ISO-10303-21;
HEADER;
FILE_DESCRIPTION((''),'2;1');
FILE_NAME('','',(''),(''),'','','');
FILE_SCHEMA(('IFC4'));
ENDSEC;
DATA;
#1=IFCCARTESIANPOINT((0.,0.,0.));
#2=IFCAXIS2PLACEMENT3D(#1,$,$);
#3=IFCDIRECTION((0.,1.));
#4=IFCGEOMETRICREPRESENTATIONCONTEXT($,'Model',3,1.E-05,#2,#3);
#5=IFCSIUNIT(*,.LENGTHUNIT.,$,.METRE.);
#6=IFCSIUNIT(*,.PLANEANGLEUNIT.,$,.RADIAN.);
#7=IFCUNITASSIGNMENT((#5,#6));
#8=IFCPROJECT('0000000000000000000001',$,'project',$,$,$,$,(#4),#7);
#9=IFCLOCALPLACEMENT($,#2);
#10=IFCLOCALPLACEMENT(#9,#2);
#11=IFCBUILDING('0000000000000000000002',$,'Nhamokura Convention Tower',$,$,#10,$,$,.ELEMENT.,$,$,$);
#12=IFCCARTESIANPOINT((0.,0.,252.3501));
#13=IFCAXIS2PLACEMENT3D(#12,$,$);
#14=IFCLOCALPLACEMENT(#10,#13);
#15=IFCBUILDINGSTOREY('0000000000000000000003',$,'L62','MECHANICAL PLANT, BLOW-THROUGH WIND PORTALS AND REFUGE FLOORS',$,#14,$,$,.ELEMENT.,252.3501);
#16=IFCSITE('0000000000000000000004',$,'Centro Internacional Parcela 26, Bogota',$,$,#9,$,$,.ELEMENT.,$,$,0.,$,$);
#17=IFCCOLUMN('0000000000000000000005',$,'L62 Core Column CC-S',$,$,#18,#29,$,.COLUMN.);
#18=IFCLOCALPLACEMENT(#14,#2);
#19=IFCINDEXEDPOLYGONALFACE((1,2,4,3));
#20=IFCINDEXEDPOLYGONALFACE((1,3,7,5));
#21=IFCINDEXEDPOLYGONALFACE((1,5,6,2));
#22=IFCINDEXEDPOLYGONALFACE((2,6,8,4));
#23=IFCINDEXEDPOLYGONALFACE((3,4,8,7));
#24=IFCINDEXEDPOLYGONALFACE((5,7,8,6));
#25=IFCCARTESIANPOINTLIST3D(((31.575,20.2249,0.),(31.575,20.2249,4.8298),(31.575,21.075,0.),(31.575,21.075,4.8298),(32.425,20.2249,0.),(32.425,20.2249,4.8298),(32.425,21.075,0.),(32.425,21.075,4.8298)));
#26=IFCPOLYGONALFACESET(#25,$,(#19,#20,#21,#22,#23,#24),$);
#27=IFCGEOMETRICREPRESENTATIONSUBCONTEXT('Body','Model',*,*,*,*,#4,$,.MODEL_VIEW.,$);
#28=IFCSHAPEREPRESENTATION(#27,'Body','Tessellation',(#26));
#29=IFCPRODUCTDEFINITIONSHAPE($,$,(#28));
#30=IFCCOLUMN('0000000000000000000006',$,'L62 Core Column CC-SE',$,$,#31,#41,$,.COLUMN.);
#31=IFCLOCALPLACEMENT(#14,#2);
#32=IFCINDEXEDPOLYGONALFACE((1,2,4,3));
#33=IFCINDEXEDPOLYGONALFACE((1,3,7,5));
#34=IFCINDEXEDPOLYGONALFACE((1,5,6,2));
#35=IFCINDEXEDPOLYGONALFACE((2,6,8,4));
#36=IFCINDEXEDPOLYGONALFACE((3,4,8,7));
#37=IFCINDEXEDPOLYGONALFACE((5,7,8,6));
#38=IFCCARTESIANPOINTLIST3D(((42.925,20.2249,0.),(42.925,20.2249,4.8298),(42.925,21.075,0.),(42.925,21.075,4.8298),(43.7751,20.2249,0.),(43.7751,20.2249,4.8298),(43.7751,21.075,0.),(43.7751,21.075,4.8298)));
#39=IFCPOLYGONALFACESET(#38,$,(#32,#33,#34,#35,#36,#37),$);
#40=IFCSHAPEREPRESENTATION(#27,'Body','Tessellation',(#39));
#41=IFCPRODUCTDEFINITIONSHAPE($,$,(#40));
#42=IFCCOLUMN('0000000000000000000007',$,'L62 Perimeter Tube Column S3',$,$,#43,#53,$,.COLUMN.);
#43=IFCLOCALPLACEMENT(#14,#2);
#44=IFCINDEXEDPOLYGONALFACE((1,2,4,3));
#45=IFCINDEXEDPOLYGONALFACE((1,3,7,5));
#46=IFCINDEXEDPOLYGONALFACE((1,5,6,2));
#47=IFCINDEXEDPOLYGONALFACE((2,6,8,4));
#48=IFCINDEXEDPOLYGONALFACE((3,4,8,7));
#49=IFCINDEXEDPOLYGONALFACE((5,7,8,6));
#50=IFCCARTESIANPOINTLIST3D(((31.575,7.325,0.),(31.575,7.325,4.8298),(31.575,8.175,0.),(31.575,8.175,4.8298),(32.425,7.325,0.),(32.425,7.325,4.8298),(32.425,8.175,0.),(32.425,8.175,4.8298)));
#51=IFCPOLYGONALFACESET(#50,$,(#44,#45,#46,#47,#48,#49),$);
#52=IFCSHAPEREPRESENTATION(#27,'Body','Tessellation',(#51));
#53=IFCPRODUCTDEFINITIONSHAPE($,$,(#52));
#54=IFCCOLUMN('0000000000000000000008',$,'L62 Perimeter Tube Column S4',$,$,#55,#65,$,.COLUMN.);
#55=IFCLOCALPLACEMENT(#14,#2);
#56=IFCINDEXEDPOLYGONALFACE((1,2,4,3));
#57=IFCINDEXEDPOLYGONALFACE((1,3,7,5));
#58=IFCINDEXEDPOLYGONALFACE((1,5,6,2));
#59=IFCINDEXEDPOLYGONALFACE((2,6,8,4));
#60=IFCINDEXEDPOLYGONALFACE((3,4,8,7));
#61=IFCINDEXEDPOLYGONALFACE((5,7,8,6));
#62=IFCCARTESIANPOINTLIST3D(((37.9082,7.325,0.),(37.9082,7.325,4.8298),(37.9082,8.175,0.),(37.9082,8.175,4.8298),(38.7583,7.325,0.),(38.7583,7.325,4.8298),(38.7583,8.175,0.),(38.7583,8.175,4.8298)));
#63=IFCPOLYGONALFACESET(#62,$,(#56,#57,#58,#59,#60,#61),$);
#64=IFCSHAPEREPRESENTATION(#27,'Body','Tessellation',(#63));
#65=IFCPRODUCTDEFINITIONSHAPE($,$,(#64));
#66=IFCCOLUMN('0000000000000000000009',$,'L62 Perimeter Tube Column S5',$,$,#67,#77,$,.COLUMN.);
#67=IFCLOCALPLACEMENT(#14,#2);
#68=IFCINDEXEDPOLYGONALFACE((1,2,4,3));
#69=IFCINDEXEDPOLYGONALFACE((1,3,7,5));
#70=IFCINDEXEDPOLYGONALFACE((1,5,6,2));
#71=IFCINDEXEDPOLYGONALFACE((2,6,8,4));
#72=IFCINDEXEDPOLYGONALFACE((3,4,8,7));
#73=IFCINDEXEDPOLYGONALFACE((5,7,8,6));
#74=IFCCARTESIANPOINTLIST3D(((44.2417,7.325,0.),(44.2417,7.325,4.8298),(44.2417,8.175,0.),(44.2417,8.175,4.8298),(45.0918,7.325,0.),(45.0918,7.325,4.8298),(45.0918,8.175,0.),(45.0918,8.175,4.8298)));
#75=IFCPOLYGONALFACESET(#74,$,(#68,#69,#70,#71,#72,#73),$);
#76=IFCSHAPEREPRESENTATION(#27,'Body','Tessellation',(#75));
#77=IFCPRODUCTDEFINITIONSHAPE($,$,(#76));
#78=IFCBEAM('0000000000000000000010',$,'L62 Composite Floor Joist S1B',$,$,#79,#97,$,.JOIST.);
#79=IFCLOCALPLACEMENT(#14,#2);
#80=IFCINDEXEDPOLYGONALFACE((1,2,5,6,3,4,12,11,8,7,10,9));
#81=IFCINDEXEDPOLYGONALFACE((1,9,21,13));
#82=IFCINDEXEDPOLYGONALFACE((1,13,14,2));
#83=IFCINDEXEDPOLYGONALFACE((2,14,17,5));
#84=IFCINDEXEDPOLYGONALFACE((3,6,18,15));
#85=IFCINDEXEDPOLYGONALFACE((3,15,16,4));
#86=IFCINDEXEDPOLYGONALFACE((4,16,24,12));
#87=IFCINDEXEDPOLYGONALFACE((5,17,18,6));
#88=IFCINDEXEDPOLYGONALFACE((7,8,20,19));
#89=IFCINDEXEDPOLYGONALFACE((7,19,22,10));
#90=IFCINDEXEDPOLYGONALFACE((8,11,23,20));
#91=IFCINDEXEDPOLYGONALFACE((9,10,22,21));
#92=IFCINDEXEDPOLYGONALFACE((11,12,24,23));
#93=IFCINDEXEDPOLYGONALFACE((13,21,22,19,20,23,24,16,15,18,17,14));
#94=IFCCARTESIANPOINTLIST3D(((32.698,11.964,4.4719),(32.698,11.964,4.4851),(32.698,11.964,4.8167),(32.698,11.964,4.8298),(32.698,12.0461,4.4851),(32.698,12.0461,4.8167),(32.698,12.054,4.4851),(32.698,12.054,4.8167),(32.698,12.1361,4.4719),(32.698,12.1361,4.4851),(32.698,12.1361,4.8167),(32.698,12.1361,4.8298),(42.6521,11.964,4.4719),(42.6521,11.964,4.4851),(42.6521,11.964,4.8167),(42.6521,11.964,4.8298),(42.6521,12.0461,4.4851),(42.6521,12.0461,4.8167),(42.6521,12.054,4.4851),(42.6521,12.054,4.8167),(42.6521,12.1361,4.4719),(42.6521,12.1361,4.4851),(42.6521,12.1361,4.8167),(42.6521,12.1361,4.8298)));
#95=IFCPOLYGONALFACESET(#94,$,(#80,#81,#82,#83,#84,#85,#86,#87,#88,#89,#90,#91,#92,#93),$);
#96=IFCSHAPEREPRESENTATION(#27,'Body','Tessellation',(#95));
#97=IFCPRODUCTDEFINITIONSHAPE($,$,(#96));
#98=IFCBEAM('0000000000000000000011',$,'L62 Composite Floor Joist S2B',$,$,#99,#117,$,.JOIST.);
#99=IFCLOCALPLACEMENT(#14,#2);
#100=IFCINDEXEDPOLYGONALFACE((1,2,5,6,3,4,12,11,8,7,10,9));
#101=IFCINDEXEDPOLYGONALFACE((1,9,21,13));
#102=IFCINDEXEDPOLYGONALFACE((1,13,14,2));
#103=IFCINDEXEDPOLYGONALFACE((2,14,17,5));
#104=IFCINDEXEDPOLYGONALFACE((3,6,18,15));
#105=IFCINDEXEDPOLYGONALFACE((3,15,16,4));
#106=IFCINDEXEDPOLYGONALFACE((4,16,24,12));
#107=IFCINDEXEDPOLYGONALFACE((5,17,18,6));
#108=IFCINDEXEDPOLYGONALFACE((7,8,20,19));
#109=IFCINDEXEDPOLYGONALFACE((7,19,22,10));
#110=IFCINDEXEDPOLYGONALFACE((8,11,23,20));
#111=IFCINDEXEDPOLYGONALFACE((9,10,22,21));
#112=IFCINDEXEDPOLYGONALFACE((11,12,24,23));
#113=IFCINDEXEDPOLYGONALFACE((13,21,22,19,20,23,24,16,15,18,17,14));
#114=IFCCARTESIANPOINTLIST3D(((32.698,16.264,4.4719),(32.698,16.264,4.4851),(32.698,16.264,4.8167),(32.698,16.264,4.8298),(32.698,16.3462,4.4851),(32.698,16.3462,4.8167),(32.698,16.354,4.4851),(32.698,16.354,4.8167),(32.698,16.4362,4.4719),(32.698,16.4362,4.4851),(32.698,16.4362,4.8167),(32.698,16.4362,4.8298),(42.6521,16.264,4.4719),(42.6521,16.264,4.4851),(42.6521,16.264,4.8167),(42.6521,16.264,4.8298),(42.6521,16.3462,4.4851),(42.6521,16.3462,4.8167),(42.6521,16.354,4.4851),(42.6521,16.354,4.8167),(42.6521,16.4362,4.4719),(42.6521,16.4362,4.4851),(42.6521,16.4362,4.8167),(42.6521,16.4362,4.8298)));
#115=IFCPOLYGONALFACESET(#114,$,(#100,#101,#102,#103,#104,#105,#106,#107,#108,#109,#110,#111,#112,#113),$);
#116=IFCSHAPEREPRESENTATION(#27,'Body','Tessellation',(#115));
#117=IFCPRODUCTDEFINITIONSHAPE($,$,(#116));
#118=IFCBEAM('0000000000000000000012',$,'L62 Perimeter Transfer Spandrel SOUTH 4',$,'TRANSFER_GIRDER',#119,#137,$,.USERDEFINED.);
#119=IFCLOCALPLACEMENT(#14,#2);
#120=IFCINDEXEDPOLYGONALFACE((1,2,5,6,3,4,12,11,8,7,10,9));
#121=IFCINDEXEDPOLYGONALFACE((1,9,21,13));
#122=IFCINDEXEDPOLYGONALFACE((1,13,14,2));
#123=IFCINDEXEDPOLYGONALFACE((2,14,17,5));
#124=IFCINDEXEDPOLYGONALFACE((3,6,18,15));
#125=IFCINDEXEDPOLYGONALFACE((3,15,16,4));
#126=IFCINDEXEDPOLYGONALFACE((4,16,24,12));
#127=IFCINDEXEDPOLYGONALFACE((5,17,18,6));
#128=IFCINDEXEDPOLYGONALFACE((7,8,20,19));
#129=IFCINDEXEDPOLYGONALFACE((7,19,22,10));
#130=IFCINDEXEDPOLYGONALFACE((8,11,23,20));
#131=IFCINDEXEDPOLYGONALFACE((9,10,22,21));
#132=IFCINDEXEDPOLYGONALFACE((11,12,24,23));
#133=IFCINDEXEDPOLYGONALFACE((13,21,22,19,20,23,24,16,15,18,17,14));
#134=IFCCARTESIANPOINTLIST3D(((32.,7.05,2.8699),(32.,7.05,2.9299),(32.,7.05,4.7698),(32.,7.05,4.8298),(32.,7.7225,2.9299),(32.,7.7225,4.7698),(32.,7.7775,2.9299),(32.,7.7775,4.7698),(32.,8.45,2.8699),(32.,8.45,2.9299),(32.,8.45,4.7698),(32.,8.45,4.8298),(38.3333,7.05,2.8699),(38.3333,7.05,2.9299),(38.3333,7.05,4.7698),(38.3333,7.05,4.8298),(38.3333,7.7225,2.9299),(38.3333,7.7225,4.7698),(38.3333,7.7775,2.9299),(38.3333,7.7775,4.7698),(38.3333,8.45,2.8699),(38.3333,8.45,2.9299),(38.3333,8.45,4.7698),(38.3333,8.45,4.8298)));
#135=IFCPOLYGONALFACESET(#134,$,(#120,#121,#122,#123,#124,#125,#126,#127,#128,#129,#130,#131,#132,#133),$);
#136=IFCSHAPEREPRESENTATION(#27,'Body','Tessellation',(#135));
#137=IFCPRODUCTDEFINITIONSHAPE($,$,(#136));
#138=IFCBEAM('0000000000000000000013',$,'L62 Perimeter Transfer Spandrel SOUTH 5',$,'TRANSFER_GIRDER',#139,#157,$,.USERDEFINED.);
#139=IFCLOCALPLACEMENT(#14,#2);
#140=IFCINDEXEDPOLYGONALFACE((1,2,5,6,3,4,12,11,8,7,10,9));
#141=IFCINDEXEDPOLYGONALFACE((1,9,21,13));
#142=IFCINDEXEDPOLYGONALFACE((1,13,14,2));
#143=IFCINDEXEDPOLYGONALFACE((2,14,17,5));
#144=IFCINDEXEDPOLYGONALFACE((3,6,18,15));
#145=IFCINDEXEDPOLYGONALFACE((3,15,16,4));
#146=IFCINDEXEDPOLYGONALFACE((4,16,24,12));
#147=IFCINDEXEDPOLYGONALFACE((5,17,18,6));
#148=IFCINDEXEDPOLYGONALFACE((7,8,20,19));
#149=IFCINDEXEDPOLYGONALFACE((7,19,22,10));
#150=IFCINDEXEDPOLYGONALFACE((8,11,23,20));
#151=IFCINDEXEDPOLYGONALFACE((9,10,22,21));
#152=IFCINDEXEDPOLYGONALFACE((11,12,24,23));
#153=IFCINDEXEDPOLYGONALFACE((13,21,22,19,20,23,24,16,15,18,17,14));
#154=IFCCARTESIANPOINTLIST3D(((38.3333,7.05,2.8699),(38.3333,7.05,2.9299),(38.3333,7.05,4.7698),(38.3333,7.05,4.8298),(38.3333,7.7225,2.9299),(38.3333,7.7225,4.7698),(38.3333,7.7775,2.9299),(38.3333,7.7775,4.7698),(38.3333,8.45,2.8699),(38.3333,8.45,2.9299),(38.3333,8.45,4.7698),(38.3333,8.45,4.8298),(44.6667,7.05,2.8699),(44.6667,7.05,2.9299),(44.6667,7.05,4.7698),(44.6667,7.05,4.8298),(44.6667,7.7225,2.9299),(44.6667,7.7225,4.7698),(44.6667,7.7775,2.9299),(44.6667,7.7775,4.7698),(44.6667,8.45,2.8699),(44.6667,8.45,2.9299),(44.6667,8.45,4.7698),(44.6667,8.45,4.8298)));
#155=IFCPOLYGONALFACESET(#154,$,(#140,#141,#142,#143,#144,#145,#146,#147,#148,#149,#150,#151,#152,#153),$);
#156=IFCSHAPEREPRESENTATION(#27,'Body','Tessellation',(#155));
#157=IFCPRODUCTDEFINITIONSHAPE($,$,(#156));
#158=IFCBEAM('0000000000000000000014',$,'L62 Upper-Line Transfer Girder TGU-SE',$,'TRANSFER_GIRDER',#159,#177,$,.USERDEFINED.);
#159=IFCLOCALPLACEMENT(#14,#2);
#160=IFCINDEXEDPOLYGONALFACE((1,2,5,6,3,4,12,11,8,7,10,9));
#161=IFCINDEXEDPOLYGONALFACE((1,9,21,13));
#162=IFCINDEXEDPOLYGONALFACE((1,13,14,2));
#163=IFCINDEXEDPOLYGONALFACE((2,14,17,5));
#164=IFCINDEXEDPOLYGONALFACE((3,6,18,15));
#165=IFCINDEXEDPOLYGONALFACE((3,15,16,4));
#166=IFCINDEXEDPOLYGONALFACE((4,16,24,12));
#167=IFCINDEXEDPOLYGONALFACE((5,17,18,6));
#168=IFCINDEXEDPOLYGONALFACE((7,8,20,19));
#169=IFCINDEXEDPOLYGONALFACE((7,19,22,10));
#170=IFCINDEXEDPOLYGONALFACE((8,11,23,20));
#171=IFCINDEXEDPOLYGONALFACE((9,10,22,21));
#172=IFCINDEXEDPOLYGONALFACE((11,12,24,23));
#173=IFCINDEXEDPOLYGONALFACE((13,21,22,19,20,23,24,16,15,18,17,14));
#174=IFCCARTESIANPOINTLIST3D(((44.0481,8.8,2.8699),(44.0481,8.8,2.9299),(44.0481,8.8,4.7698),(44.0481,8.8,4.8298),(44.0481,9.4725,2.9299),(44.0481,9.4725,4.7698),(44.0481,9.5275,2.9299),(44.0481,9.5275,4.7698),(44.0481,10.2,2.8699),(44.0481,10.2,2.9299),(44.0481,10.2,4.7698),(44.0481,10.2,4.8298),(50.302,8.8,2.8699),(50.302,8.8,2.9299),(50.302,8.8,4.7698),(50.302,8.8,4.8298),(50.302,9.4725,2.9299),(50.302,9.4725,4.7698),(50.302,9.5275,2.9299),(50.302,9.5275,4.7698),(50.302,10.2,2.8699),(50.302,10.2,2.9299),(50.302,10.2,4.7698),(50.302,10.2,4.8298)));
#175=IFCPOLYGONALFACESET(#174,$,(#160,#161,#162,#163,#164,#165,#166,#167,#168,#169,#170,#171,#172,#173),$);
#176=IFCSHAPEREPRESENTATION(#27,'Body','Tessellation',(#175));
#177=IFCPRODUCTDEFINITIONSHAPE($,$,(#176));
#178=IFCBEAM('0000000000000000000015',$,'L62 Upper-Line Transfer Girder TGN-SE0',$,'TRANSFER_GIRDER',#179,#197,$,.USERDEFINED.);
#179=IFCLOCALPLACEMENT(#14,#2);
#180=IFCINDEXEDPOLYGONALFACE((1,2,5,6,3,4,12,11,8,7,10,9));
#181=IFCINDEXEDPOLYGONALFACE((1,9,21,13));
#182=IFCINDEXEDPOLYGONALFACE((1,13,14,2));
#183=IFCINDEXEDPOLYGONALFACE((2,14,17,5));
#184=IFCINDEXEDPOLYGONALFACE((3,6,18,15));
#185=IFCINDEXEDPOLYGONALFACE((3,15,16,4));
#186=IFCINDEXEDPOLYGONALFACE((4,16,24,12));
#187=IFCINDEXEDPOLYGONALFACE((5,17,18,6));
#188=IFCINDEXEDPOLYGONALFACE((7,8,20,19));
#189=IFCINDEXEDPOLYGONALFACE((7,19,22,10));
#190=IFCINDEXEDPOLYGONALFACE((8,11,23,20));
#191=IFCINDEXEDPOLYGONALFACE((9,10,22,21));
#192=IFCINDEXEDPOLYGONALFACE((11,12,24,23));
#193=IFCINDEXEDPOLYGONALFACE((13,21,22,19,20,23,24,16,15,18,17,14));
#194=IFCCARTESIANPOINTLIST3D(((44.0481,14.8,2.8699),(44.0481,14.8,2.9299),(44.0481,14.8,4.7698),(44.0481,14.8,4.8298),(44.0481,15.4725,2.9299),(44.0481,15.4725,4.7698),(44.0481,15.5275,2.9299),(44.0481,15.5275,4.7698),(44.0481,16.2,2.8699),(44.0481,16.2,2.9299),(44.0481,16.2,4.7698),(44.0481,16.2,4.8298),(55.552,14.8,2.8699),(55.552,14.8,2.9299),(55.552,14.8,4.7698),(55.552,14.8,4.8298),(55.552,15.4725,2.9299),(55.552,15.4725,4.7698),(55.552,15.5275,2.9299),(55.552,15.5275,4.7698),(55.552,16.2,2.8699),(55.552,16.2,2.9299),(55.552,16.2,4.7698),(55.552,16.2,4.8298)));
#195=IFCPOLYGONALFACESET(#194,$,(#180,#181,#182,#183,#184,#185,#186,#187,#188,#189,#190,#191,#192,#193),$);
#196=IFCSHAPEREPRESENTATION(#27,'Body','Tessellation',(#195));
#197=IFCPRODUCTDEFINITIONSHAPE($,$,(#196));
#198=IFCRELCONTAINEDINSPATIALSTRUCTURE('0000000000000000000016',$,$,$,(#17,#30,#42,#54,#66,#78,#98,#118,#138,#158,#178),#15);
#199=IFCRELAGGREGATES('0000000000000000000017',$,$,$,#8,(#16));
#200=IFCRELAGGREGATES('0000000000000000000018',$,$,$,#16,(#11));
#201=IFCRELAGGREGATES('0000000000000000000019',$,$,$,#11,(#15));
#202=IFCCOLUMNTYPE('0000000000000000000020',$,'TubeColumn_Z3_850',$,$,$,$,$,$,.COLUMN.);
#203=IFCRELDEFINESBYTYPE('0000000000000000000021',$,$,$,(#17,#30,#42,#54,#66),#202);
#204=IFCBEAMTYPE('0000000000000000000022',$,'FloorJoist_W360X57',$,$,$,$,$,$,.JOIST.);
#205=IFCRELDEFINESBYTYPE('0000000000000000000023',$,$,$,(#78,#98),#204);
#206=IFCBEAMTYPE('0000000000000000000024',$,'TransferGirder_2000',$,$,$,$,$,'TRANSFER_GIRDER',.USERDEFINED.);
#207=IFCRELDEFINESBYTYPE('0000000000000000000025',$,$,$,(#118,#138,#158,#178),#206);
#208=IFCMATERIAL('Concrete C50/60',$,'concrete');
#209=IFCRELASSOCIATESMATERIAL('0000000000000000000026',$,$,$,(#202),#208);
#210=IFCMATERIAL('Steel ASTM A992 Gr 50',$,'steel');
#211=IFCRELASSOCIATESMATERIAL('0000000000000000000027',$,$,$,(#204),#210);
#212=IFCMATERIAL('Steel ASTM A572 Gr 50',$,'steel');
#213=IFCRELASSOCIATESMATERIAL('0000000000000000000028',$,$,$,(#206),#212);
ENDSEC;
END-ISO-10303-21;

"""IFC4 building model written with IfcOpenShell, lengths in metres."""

from ifc_helpers import new_model, si_unit, direction, frame, origin, origin_2d, place, context, subcontext, project, spatial, rectangle, i_section, extrude, material, material_profile, profile_set, type_object, element, save


model = new_model("IFC4")

# Units and contexts
model_context = context("Model", 3, precision=1e-05, world=origin(), true_north=direction((0.0, 1.0)))
body_context = subcontext(model_context, "Body", "Model", "MODEL_VIEW")
ifc_project = project(units=[si_unit("LENGTHUNIT", "METRE"), si_unit("PLANEANGLEUNIT", "RADIAN")], contexts=[model_context])

# Site, building, storey
site_placement = place(None, origin())
site = spatial("IfcSite", under=ifc_project, at=site_placement, Name="Centro Internacional Parcela 26, Bogota", CompositionType="ELEMENT", RefElevation=0.0)
building_placement = place(site_placement, origin())
building = spatial("IfcBuilding", under=site, at=building_placement, Name="Nhamokura Convention Tower", CompositionType="ELEMENT")
storey_placement = place(building_placement, frame((0.0, 0.0, 252.3501)))
storey = spatial("IfcBuildingStorey", under=building, at=storey_placement, Name="L62", Description="MECHANICAL PLANT, BLOW-THROUGH WIND PORTALS AND REFUGE FLOORS", CompositionType="ELEMENT", Elevation=252.3501)

# Columns
ifc_material_1 = material(Name="Concrete C50/60", Category="concrete")
ifc_material_profile_1 = material_profile(ifc_material_1, rectangle(XDim=0.8501, YDim=0.8501, at=origin_2d()))
ifc_profile_set_1 = profile_set([ifc_material_profile_1], Name="Concrete C50/60")
column_type = type_object("IfcColumnType", Name="TubeColumn_Z3_850", PredefinedType="COLUMN", material=ifc_profile_set_1)
for number, where, z_axis, x_axis, name in (
    (1, (32.0, 20.6499, 0.0), (0.0, 0.0, 1.0), (1.0, 0.0, 0.0), "L62 Core Column CC-S"),
    (2, (43.3501, 20.6499, 0.0), (0.0, 0.0, 1.0), (1.0, 0.0, 0.0), "L62 Core Column CC-SE"),
    (3, (32.0, 7.75, 0.0), (0.0, 0.0, 1.0), (1.0, 0.0, 0.0), "L62 Perimeter Tube Column S3"),
    (4, (38.3333, 7.75, 0.0), (0.0, 0.0, 1.0), (1.0, 0.0, 0.0), "L62 Perimeter Tube Column S4"),
    (5, (44.6667, 7.75, 0.0), (0.0, 0.0, 1.0), (1.0, 0.0, 0.0), "L62 Perimeter Tube Column S5"),
):
    element("IfcColumn", number, at=place(storey_placement, frame(where, z_axis=z_axis, x_axis=x_axis)), inside=storey, type_object=column_type, Name=name, PredefinedType="COLUMN", context=body_context, shape_type="SweptSolid", body=[
        extrude(rectangle(XDim=0.8501, YDim=0.8501, at=origin_2d()), origin(), (0.0, 0.0, 1.0), 4.8298),
    ])

# Beams
ifc_material_2 = material(Name="Steel ASTM A992 Gr 50", Category="steel")
ifc_material_profile_2 = material_profile(ifc_material_2, i_section(OverallWidth=0.1721, OverallDepth=0.3579, WebThickness=0.0078, FlangeThickness=0.0132, at=origin_2d()))
ifc_profile_set_2 = profile_set([ifc_material_profile_2], Name="Steel ASTM A992 Gr 50")
beam_type_1 = type_object("IfcBeamType", Name="FloorJoist_W360X57", PredefinedType="JOIST", material=ifc_profile_set_2)
for number, where, z_axis, x_axis, name in (
    (6, (32.698, 12.05, 4.6509), (1.0, 0.0, 0.0), (0.0, 1.0, 0.0), "L62 Composite Floor Joist S1B"),
    (7, (32.698, 16.3501, 4.6509), (1.0, 0.0, 0.0), (0.0, 1.0, 0.0), "L62 Composite Floor Joist S2B"),
):
    element("IfcBeam", number, at=place(storey_placement, frame(where, z_axis=z_axis, x_axis=x_axis)), inside=storey, type_object=beam_type_1, Name=name, PredefinedType="JOIST", context=body_context, shape_type="SweptSolid", body=[
        extrude(i_section(OverallWidth=0.1721, OverallDepth=0.3579, WebThickness=0.0078, FlangeThickness=0.0132, at=origin_2d()), origin(), (0.0, 0.0, 1.0), 9.9541),
    ])
ifc_material_3 = material(Name="Steel ASTM A572 Gr 50", Category="steel")
ifc_material_profile_3 = material_profile(ifc_material_3, i_section(OverallWidth=1.3999, OverallDepth=1.96, WebThickness=0.0549, FlangeThickness=0.0601, at=origin_2d()))
ifc_profile_set_3 = profile_set([ifc_material_profile_3], Name="Steel ASTM A572 Gr 50")
beam_type_2 = type_object("IfcBeamType", Name="TransferGirder_2000", ElementType="TRANSFER_GIRDER", PredefinedType="USERDEFINED", material=ifc_profile_set_3)
beam_1_placement = place(storey_placement, frame((32.0, 7.75, 3.8499), z_axis=(1.0, 0.0, 0.0), x_axis=(0.0, 1.0, 0.0)))
element("IfcBeam", 8, at=beam_1_placement, inside=storey, type_object=beam_type_2, Name="L62 Perimeter Transfer Spandrel SOUTH 4", ObjectType="TRANSFER_GIRDER", PredefinedType="USERDEFINED", context=body_context, shape_type="SweptSolid", body=[
    extrude(i_section(OverallWidth=1.3999, OverallDepth=1.96, WebThickness=0.0549, FlangeThickness=0.0601, at=origin_2d()), origin(), (0.0, 0.0, 1.0), 6.3333),
])
beam_2_placement = place(storey_placement, frame((38.3333, 7.75, 3.8499), z_axis=(1.0, 0.0, 0.0), x_axis=(0.0, 1.0, 0.0)))
element("IfcBeam", 9, at=beam_2_placement, inside=storey, type_object=beam_type_2, Name="L62 Perimeter Transfer Spandrel SOUTH 5", ObjectType="TRANSFER_GIRDER", PredefinedType="USERDEFINED", context=body_context, shape_type="SweptSolid", body=[
    extrude(i_section(OverallWidth=1.3999, OverallDepth=1.96, WebThickness=0.0549, FlangeThickness=0.0601, at=origin_2d()), origin(), (0.0, 0.0, 1.0), 6.3335),
])
beam_3_placement = place(storey_placement, frame((44.0481, 9.5, 3.8499), z_axis=(1.0, 0.0, 0.0), x_axis=(0.0, 1.0, 0.0)))
element("IfcBeam", 10, at=beam_3_placement, inside=storey, type_object=beam_type_2, Name="L62 Upper-Line Transfer Girder TGU-SE", ObjectType="TRANSFER_GIRDER", PredefinedType="USERDEFINED", context=body_context, shape_type="SweptSolid", body=[
    extrude(i_section(OverallWidth=1.3999, OverallDepth=1.96, WebThickness=0.0549, FlangeThickness=0.0601, at=origin_2d()), origin(), (0.0, 0.0, 1.0), 6.2539),
])
beam_4_placement = place(storey_placement, frame((44.0481, 15.5, 3.8499), z_axis=(1.0, 0.0, 0.0), x_axis=(0.0, 1.0, 0.0)))
element("IfcBeam", 11, at=beam_4_placement, inside=storey, type_object=beam_type_2, Name="L62 Upper-Line Transfer Girder TGN-SE0", ObjectType="TRANSFER_GIRDER", PredefinedType="USERDEFINED", context=body_context, shape_type="SweptSolid", body=[
    extrude(i_section(OverallWidth=1.3999, OverallDepth=1.96, WebThickness=0.0549, FlangeThickness=0.0601, at=origin_2d()), origin(), (0.0, 0.0, 1.0), 11.5039),
])

save(model, "model.ifc")
